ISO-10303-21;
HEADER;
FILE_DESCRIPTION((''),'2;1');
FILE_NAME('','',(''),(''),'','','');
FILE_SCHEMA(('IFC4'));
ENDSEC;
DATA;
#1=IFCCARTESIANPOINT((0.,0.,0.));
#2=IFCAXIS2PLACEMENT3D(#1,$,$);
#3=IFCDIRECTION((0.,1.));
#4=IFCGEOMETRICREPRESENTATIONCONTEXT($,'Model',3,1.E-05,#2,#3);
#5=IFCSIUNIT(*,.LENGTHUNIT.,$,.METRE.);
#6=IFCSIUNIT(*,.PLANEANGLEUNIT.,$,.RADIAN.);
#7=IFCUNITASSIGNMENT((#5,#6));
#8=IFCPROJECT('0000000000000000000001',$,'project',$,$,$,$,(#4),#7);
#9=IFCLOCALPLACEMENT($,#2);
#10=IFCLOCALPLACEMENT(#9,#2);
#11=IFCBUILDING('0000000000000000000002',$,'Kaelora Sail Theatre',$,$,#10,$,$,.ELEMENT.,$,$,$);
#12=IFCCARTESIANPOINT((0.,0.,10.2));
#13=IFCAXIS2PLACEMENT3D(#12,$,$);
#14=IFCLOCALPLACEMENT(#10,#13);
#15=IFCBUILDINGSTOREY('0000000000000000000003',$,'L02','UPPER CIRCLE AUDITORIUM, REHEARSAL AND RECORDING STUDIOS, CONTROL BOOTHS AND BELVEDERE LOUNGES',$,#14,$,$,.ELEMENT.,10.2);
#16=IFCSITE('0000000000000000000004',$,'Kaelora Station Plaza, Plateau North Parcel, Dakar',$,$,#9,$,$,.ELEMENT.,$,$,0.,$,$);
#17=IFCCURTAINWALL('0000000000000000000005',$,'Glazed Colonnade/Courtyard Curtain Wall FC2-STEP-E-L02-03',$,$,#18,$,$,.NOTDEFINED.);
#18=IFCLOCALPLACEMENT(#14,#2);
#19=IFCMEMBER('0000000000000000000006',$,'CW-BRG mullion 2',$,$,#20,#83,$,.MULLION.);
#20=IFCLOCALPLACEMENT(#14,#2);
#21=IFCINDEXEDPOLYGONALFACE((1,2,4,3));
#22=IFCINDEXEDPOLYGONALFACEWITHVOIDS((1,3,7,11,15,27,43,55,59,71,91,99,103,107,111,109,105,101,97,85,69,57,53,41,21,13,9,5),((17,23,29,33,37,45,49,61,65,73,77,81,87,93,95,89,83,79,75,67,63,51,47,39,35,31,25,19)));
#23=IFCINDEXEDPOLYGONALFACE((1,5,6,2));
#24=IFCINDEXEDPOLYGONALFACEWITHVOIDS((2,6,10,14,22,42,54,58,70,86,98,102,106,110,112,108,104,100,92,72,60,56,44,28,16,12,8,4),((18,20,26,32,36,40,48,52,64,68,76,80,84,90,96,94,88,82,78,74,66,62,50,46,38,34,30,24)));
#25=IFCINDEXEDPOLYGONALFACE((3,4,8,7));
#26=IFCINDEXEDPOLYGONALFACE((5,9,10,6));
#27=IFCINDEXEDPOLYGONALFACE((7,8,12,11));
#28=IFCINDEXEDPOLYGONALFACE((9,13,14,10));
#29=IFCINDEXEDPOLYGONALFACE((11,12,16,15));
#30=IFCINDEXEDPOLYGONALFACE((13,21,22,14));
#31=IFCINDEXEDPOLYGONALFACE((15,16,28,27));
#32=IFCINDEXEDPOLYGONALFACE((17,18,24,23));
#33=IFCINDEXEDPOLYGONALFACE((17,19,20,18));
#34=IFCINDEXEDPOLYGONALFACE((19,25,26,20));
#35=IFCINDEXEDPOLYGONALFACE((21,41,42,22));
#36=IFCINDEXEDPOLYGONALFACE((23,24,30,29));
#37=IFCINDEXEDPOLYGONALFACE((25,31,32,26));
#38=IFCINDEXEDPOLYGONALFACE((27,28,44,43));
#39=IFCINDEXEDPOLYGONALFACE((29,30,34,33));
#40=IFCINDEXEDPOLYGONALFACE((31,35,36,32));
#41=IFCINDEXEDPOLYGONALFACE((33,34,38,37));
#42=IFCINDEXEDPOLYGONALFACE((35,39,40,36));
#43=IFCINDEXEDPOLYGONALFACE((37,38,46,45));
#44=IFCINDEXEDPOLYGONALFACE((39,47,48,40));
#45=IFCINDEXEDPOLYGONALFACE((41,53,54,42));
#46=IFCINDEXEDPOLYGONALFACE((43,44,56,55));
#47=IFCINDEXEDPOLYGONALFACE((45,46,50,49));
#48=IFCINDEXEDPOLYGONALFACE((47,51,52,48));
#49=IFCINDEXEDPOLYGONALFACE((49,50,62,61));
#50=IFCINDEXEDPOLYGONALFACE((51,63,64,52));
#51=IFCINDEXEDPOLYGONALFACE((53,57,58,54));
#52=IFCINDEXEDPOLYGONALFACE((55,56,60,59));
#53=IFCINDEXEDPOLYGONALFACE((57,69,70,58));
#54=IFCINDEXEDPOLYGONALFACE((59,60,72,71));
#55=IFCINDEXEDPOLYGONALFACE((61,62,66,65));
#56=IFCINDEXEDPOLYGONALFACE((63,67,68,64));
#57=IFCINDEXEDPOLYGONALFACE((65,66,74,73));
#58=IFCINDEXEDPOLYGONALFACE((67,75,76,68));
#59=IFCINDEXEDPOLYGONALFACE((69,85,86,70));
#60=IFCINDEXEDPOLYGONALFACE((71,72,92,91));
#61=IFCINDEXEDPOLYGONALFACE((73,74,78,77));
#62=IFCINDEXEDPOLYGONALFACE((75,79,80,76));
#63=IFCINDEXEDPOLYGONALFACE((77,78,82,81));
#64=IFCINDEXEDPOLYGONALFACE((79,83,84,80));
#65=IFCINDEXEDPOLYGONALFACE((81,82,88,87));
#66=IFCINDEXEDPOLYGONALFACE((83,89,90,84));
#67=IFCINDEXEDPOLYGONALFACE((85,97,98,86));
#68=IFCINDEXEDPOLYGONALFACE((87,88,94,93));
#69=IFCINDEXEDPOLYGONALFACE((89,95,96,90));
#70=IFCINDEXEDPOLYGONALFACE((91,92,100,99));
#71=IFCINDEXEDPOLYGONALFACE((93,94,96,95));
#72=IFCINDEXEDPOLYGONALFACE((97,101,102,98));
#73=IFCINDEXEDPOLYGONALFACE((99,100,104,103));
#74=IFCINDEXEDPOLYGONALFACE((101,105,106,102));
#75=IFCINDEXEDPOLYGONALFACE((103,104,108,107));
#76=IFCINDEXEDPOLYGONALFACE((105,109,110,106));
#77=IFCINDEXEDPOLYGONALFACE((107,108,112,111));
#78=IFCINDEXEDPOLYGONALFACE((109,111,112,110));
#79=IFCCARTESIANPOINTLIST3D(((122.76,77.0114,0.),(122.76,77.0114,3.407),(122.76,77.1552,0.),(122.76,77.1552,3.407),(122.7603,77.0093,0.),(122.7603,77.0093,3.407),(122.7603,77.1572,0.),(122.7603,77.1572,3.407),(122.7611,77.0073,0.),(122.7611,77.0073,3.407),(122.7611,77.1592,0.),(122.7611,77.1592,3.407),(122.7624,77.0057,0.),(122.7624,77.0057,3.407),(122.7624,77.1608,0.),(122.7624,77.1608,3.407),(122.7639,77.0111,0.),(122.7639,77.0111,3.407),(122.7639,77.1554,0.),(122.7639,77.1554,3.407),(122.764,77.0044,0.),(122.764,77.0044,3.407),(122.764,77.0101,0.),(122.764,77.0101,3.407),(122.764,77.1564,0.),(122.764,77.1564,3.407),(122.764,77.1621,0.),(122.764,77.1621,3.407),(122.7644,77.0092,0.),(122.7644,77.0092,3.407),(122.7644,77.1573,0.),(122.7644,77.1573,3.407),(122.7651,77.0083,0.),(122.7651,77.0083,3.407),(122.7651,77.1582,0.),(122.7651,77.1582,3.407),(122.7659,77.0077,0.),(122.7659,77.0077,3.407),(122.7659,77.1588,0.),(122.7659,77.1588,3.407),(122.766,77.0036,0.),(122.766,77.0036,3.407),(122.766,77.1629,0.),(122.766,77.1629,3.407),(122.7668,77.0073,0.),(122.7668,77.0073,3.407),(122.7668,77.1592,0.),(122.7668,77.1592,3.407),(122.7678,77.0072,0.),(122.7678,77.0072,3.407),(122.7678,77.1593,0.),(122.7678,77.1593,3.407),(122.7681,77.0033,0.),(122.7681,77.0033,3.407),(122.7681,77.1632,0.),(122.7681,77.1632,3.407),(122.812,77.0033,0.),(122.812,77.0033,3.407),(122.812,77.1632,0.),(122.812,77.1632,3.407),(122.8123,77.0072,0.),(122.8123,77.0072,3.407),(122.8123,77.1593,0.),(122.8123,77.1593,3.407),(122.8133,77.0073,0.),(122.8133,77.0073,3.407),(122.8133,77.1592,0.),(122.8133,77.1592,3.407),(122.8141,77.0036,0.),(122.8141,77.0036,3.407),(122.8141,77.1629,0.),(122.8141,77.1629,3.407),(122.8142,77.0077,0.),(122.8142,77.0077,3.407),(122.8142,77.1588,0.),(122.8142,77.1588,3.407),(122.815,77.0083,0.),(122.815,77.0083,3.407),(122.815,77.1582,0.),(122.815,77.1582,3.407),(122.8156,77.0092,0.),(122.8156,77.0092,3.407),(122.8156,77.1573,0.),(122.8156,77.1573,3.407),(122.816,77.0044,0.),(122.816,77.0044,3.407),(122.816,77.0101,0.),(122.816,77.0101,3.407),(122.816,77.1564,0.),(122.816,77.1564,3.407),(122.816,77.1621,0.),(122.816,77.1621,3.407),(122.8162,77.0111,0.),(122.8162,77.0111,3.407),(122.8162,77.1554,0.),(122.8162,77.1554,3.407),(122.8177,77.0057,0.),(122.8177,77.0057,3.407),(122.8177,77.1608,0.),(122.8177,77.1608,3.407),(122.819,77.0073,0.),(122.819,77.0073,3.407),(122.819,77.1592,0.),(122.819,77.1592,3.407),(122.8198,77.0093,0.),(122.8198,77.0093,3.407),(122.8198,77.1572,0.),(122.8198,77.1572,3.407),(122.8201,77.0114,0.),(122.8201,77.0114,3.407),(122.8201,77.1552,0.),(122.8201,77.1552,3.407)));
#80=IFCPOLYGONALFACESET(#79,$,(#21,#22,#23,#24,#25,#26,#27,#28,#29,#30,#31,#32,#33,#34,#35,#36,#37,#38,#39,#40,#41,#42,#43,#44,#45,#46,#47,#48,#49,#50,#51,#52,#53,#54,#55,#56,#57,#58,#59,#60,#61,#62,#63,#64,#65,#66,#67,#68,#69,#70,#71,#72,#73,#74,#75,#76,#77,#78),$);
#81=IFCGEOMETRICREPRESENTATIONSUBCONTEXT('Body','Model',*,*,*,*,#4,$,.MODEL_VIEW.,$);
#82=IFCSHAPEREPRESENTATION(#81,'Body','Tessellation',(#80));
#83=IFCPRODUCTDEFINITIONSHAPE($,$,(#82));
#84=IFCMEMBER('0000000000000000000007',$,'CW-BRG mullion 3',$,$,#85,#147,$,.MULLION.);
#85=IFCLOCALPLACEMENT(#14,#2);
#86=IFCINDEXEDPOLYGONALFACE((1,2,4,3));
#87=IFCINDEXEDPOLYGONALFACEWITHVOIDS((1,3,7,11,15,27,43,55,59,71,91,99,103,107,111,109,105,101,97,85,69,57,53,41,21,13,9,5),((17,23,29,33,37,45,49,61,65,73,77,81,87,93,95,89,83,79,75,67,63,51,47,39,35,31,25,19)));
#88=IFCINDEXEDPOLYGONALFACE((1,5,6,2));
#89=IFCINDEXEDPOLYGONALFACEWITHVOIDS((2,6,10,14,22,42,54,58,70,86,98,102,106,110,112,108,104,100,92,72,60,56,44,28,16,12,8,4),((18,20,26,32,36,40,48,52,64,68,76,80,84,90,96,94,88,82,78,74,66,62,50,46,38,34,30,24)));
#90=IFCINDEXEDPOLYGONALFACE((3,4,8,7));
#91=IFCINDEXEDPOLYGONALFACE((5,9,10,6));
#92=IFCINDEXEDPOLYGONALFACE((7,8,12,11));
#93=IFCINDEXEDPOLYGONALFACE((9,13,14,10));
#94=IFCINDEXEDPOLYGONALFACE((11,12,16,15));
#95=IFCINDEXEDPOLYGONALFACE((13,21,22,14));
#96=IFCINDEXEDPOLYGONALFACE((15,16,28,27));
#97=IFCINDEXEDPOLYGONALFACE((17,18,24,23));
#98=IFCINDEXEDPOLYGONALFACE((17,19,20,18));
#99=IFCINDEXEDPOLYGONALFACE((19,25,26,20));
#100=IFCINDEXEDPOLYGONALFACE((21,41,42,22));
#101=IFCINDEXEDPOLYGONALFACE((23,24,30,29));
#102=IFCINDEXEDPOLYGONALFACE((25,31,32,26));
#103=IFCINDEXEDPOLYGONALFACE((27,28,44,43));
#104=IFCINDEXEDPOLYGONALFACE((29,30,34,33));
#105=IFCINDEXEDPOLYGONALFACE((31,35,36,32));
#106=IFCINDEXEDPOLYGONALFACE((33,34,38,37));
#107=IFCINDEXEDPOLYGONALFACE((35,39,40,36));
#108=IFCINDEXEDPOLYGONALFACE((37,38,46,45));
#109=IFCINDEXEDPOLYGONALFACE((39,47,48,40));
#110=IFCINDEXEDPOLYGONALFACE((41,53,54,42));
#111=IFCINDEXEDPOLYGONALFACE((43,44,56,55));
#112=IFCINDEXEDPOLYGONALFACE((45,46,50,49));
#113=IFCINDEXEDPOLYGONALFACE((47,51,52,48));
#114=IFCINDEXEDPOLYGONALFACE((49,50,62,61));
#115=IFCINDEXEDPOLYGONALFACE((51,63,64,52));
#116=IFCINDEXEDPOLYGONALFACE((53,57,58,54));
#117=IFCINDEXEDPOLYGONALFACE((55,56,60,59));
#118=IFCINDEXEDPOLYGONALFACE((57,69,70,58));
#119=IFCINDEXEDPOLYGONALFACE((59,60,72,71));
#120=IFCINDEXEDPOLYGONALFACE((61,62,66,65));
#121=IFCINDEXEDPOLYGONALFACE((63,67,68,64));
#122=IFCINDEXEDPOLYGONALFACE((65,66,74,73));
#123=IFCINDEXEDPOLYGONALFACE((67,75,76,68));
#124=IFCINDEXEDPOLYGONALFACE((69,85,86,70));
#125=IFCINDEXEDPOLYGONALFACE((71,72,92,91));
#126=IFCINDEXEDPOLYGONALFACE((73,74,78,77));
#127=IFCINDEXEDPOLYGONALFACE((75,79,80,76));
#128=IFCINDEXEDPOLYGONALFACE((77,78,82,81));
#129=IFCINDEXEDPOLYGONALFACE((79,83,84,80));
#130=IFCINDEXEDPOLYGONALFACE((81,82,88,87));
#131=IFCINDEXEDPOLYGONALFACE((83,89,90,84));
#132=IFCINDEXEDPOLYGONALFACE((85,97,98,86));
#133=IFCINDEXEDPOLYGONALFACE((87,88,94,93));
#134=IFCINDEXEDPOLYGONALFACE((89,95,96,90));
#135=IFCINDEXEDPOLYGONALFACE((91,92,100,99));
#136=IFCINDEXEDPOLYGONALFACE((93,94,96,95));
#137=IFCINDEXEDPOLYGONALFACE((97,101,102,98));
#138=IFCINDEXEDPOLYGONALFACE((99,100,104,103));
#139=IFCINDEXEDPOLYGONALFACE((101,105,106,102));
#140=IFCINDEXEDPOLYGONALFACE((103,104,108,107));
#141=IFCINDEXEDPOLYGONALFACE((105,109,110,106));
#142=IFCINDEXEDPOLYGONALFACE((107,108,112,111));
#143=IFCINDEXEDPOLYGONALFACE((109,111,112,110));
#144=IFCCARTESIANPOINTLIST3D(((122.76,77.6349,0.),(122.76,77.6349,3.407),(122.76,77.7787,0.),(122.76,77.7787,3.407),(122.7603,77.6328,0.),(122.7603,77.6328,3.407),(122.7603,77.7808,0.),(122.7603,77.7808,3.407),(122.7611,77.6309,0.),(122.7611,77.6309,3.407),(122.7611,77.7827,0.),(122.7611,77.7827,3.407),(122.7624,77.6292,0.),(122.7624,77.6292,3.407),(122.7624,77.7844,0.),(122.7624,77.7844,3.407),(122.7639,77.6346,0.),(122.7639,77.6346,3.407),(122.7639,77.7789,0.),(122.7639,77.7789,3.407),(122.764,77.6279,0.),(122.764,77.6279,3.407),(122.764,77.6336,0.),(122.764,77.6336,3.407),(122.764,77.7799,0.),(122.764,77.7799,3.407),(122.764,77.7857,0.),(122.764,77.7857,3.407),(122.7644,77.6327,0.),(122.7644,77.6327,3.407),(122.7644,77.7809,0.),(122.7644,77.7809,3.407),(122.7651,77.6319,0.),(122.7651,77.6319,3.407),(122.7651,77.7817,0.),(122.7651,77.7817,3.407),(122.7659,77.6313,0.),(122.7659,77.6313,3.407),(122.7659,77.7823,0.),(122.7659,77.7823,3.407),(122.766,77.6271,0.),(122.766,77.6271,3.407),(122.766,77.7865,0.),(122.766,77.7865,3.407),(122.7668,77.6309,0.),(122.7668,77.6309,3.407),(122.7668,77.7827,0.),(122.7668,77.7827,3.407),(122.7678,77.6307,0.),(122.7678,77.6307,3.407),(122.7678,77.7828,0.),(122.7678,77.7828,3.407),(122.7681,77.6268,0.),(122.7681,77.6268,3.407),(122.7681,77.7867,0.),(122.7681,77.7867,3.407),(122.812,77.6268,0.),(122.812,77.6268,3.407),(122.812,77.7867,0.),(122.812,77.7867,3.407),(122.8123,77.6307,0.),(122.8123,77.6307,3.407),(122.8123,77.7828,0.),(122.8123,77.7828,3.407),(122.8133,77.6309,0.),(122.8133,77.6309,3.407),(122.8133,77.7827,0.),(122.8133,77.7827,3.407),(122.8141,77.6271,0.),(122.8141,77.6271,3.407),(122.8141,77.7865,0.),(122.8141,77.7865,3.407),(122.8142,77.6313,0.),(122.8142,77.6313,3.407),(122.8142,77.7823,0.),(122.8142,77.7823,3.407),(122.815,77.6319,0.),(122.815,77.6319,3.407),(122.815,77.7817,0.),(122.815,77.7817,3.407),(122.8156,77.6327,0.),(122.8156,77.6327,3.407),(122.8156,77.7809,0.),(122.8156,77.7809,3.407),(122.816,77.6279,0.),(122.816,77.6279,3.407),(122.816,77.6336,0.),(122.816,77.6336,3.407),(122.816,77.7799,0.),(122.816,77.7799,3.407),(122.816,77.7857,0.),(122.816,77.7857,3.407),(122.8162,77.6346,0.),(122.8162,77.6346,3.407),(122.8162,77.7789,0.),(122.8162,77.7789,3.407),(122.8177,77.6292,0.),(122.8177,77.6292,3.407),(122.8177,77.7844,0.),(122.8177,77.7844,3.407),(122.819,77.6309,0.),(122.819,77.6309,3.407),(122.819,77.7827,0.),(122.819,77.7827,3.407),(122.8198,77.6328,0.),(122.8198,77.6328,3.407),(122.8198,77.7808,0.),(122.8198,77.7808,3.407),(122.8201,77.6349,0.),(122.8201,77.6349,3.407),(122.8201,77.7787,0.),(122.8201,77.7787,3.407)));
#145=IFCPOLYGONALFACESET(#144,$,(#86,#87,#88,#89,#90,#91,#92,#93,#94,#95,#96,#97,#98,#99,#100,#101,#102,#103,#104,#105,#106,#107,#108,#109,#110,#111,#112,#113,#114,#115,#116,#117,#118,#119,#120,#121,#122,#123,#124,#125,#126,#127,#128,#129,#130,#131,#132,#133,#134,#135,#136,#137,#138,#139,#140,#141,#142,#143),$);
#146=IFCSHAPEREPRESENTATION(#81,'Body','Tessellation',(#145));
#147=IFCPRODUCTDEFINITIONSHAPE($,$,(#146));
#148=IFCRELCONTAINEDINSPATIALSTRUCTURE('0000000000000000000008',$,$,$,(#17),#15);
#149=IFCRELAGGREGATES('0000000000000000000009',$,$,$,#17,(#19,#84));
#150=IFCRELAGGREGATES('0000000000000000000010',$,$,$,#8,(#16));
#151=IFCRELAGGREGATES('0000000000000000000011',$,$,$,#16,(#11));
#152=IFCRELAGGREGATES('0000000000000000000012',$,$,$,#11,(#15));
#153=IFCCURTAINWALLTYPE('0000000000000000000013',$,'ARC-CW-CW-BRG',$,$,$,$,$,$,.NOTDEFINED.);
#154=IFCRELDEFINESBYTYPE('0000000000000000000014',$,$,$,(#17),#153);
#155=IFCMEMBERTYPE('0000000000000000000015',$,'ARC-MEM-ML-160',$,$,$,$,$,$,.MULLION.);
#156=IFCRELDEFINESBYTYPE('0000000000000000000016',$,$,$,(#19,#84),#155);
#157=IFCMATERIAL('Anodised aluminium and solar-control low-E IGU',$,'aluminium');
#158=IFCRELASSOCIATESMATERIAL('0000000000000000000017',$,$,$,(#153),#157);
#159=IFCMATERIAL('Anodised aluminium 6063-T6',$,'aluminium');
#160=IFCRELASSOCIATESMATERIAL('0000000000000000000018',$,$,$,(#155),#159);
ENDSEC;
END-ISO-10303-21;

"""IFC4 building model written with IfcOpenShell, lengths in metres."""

from ifc_helpers import new_model, si_unit, direction, frame, origin, origin_2d, place, context, subcontext, project, spatial, hollow_rectangle, extrude, material, material_profile, profile_set, type_object, element, aggregate, save


model = new_model("IFC4")

# Units and contexts
model_context = context("Model", 3, precision=1e-05, world=origin(), true_north=direction((0.0, 1.0)))
body_context = subcontext(model_context, "Body", "Model", "MODEL_VIEW")
ifc_project = project(units=[si_unit("LENGTHUNIT", "METRE"), si_unit("PLANEANGLEUNIT", "RADIAN")], contexts=[model_context])

# Site, building, storey
site_placement = place(None, origin())
site = spatial("IfcSite", under=ifc_project, at=site_placement, Name="Kaelora Station Plaza, Plateau North Parcel, Dakar", CompositionType="ELEMENT", RefElevation=0.0)
building_placement = place(site_placement, origin())
building = spatial("IfcBuilding", under=site, at=building_placement, Name="Kaelora Sail Theatre", CompositionType="ELEMENT")
storey_placement = place(building_placement, frame((0.0, 0.0, 10.2)))
storey = spatial("IfcBuildingStorey", under=building, at=storey_placement, Name="L02", Description="UPPER CIRCLE AUDITORIUM, REHEARSAL AND RECORDING STUDIOS, CONTROL BOOTHS AND BELVEDERE LOUNGES", CompositionType="ELEMENT", Elevation=10.2)

# Curtain wall, members
ifc_material_1 = material(Name="Anodised aluminium and solar-control low-E IGU", Category="aluminium")
curtain_wall_type = type_object("IfcCurtainWallType", Name="ARC-CW-CW-BRG", PredefinedType="NOTDEFINED", material=ifc_material_1)
curtain_wall_placement = place(storey_placement, origin())
curtain_wall = element("IfcCurtainWall", 1, at=curtain_wall_placement, inside=storey, type_object=curtain_wall_type, Name="Glazed Colonnade/Courtyard Curtain Wall FC2-STEP-E-L02-03", PredefinedType="NOTDEFINED")
ifc_material_2 = material(Name="Anodised aluminium 6063-T6", Category="aluminium")
ifc_material_profile_1 = material_profile(ifc_material_2, hollow_rectangle(XDim=0.0601, YDim=0.1599, WallThickness=0.0039, InnerFilletRadius=0.0039, OuterFilletRadius=0.0081, at=origin_2d()), Name="ALU-MULL 60x160x4")
ifc_profile_set_1 = profile_set([ifc_material_profile_1], Name="Anodised aluminium 6063-T6")
member_type_1 = type_object("IfcMemberType", Name="ARC-MEM-ML-160", PredefinedType="MULLION", material=ifc_profile_set_1)
member_1_placement = place(storey_placement, frame((122.79, 77.0833, 0.0), z_axis=(0.0, 0.0, 1.0), x_axis=(-1.0, 0.0, 0.0)))
member_1 = element("IfcMember", 2, at=member_1_placement, type_object=member_type_1, Name="CW-BRG mullion 2", PredefinedType="MULLION", context=body_context, shape_type="SweptSolid", body=[
    extrude(hollow_rectangle(XDim=0.0601, YDim=0.1599, WallThickness=0.0039, InnerFilletRadius=0.0039, OuterFilletRadius=0.0081, at=origin_2d()), origin(), (0.0, 0.0, 1.0), 3.407),
])
member_2_placement = place(storey_placement, frame((122.79, 77.7068, 0.0), z_axis=(0.0, 0.0, 1.0), x_axis=(-1.0, 0.0, 0.0)))
member_2 = element("IfcMember", 3, at=member_2_placement, type_object=member_type_1, Name="CW-BRG mullion 3", PredefinedType="MULLION", context=body_context, shape_type="SweptSolid", body=[
    extrude(hollow_rectangle(XDim=0.0601, YDim=0.1599, WallThickness=0.0039, InnerFilletRadius=0.0039, OuterFilletRadius=0.0081, at=origin_2d()), origin(), (0.0, 0.0, 1.0), 3.407),
])
aggregate(curtain_wall, [member_1, member_2])

save(model, "model.ifc")
